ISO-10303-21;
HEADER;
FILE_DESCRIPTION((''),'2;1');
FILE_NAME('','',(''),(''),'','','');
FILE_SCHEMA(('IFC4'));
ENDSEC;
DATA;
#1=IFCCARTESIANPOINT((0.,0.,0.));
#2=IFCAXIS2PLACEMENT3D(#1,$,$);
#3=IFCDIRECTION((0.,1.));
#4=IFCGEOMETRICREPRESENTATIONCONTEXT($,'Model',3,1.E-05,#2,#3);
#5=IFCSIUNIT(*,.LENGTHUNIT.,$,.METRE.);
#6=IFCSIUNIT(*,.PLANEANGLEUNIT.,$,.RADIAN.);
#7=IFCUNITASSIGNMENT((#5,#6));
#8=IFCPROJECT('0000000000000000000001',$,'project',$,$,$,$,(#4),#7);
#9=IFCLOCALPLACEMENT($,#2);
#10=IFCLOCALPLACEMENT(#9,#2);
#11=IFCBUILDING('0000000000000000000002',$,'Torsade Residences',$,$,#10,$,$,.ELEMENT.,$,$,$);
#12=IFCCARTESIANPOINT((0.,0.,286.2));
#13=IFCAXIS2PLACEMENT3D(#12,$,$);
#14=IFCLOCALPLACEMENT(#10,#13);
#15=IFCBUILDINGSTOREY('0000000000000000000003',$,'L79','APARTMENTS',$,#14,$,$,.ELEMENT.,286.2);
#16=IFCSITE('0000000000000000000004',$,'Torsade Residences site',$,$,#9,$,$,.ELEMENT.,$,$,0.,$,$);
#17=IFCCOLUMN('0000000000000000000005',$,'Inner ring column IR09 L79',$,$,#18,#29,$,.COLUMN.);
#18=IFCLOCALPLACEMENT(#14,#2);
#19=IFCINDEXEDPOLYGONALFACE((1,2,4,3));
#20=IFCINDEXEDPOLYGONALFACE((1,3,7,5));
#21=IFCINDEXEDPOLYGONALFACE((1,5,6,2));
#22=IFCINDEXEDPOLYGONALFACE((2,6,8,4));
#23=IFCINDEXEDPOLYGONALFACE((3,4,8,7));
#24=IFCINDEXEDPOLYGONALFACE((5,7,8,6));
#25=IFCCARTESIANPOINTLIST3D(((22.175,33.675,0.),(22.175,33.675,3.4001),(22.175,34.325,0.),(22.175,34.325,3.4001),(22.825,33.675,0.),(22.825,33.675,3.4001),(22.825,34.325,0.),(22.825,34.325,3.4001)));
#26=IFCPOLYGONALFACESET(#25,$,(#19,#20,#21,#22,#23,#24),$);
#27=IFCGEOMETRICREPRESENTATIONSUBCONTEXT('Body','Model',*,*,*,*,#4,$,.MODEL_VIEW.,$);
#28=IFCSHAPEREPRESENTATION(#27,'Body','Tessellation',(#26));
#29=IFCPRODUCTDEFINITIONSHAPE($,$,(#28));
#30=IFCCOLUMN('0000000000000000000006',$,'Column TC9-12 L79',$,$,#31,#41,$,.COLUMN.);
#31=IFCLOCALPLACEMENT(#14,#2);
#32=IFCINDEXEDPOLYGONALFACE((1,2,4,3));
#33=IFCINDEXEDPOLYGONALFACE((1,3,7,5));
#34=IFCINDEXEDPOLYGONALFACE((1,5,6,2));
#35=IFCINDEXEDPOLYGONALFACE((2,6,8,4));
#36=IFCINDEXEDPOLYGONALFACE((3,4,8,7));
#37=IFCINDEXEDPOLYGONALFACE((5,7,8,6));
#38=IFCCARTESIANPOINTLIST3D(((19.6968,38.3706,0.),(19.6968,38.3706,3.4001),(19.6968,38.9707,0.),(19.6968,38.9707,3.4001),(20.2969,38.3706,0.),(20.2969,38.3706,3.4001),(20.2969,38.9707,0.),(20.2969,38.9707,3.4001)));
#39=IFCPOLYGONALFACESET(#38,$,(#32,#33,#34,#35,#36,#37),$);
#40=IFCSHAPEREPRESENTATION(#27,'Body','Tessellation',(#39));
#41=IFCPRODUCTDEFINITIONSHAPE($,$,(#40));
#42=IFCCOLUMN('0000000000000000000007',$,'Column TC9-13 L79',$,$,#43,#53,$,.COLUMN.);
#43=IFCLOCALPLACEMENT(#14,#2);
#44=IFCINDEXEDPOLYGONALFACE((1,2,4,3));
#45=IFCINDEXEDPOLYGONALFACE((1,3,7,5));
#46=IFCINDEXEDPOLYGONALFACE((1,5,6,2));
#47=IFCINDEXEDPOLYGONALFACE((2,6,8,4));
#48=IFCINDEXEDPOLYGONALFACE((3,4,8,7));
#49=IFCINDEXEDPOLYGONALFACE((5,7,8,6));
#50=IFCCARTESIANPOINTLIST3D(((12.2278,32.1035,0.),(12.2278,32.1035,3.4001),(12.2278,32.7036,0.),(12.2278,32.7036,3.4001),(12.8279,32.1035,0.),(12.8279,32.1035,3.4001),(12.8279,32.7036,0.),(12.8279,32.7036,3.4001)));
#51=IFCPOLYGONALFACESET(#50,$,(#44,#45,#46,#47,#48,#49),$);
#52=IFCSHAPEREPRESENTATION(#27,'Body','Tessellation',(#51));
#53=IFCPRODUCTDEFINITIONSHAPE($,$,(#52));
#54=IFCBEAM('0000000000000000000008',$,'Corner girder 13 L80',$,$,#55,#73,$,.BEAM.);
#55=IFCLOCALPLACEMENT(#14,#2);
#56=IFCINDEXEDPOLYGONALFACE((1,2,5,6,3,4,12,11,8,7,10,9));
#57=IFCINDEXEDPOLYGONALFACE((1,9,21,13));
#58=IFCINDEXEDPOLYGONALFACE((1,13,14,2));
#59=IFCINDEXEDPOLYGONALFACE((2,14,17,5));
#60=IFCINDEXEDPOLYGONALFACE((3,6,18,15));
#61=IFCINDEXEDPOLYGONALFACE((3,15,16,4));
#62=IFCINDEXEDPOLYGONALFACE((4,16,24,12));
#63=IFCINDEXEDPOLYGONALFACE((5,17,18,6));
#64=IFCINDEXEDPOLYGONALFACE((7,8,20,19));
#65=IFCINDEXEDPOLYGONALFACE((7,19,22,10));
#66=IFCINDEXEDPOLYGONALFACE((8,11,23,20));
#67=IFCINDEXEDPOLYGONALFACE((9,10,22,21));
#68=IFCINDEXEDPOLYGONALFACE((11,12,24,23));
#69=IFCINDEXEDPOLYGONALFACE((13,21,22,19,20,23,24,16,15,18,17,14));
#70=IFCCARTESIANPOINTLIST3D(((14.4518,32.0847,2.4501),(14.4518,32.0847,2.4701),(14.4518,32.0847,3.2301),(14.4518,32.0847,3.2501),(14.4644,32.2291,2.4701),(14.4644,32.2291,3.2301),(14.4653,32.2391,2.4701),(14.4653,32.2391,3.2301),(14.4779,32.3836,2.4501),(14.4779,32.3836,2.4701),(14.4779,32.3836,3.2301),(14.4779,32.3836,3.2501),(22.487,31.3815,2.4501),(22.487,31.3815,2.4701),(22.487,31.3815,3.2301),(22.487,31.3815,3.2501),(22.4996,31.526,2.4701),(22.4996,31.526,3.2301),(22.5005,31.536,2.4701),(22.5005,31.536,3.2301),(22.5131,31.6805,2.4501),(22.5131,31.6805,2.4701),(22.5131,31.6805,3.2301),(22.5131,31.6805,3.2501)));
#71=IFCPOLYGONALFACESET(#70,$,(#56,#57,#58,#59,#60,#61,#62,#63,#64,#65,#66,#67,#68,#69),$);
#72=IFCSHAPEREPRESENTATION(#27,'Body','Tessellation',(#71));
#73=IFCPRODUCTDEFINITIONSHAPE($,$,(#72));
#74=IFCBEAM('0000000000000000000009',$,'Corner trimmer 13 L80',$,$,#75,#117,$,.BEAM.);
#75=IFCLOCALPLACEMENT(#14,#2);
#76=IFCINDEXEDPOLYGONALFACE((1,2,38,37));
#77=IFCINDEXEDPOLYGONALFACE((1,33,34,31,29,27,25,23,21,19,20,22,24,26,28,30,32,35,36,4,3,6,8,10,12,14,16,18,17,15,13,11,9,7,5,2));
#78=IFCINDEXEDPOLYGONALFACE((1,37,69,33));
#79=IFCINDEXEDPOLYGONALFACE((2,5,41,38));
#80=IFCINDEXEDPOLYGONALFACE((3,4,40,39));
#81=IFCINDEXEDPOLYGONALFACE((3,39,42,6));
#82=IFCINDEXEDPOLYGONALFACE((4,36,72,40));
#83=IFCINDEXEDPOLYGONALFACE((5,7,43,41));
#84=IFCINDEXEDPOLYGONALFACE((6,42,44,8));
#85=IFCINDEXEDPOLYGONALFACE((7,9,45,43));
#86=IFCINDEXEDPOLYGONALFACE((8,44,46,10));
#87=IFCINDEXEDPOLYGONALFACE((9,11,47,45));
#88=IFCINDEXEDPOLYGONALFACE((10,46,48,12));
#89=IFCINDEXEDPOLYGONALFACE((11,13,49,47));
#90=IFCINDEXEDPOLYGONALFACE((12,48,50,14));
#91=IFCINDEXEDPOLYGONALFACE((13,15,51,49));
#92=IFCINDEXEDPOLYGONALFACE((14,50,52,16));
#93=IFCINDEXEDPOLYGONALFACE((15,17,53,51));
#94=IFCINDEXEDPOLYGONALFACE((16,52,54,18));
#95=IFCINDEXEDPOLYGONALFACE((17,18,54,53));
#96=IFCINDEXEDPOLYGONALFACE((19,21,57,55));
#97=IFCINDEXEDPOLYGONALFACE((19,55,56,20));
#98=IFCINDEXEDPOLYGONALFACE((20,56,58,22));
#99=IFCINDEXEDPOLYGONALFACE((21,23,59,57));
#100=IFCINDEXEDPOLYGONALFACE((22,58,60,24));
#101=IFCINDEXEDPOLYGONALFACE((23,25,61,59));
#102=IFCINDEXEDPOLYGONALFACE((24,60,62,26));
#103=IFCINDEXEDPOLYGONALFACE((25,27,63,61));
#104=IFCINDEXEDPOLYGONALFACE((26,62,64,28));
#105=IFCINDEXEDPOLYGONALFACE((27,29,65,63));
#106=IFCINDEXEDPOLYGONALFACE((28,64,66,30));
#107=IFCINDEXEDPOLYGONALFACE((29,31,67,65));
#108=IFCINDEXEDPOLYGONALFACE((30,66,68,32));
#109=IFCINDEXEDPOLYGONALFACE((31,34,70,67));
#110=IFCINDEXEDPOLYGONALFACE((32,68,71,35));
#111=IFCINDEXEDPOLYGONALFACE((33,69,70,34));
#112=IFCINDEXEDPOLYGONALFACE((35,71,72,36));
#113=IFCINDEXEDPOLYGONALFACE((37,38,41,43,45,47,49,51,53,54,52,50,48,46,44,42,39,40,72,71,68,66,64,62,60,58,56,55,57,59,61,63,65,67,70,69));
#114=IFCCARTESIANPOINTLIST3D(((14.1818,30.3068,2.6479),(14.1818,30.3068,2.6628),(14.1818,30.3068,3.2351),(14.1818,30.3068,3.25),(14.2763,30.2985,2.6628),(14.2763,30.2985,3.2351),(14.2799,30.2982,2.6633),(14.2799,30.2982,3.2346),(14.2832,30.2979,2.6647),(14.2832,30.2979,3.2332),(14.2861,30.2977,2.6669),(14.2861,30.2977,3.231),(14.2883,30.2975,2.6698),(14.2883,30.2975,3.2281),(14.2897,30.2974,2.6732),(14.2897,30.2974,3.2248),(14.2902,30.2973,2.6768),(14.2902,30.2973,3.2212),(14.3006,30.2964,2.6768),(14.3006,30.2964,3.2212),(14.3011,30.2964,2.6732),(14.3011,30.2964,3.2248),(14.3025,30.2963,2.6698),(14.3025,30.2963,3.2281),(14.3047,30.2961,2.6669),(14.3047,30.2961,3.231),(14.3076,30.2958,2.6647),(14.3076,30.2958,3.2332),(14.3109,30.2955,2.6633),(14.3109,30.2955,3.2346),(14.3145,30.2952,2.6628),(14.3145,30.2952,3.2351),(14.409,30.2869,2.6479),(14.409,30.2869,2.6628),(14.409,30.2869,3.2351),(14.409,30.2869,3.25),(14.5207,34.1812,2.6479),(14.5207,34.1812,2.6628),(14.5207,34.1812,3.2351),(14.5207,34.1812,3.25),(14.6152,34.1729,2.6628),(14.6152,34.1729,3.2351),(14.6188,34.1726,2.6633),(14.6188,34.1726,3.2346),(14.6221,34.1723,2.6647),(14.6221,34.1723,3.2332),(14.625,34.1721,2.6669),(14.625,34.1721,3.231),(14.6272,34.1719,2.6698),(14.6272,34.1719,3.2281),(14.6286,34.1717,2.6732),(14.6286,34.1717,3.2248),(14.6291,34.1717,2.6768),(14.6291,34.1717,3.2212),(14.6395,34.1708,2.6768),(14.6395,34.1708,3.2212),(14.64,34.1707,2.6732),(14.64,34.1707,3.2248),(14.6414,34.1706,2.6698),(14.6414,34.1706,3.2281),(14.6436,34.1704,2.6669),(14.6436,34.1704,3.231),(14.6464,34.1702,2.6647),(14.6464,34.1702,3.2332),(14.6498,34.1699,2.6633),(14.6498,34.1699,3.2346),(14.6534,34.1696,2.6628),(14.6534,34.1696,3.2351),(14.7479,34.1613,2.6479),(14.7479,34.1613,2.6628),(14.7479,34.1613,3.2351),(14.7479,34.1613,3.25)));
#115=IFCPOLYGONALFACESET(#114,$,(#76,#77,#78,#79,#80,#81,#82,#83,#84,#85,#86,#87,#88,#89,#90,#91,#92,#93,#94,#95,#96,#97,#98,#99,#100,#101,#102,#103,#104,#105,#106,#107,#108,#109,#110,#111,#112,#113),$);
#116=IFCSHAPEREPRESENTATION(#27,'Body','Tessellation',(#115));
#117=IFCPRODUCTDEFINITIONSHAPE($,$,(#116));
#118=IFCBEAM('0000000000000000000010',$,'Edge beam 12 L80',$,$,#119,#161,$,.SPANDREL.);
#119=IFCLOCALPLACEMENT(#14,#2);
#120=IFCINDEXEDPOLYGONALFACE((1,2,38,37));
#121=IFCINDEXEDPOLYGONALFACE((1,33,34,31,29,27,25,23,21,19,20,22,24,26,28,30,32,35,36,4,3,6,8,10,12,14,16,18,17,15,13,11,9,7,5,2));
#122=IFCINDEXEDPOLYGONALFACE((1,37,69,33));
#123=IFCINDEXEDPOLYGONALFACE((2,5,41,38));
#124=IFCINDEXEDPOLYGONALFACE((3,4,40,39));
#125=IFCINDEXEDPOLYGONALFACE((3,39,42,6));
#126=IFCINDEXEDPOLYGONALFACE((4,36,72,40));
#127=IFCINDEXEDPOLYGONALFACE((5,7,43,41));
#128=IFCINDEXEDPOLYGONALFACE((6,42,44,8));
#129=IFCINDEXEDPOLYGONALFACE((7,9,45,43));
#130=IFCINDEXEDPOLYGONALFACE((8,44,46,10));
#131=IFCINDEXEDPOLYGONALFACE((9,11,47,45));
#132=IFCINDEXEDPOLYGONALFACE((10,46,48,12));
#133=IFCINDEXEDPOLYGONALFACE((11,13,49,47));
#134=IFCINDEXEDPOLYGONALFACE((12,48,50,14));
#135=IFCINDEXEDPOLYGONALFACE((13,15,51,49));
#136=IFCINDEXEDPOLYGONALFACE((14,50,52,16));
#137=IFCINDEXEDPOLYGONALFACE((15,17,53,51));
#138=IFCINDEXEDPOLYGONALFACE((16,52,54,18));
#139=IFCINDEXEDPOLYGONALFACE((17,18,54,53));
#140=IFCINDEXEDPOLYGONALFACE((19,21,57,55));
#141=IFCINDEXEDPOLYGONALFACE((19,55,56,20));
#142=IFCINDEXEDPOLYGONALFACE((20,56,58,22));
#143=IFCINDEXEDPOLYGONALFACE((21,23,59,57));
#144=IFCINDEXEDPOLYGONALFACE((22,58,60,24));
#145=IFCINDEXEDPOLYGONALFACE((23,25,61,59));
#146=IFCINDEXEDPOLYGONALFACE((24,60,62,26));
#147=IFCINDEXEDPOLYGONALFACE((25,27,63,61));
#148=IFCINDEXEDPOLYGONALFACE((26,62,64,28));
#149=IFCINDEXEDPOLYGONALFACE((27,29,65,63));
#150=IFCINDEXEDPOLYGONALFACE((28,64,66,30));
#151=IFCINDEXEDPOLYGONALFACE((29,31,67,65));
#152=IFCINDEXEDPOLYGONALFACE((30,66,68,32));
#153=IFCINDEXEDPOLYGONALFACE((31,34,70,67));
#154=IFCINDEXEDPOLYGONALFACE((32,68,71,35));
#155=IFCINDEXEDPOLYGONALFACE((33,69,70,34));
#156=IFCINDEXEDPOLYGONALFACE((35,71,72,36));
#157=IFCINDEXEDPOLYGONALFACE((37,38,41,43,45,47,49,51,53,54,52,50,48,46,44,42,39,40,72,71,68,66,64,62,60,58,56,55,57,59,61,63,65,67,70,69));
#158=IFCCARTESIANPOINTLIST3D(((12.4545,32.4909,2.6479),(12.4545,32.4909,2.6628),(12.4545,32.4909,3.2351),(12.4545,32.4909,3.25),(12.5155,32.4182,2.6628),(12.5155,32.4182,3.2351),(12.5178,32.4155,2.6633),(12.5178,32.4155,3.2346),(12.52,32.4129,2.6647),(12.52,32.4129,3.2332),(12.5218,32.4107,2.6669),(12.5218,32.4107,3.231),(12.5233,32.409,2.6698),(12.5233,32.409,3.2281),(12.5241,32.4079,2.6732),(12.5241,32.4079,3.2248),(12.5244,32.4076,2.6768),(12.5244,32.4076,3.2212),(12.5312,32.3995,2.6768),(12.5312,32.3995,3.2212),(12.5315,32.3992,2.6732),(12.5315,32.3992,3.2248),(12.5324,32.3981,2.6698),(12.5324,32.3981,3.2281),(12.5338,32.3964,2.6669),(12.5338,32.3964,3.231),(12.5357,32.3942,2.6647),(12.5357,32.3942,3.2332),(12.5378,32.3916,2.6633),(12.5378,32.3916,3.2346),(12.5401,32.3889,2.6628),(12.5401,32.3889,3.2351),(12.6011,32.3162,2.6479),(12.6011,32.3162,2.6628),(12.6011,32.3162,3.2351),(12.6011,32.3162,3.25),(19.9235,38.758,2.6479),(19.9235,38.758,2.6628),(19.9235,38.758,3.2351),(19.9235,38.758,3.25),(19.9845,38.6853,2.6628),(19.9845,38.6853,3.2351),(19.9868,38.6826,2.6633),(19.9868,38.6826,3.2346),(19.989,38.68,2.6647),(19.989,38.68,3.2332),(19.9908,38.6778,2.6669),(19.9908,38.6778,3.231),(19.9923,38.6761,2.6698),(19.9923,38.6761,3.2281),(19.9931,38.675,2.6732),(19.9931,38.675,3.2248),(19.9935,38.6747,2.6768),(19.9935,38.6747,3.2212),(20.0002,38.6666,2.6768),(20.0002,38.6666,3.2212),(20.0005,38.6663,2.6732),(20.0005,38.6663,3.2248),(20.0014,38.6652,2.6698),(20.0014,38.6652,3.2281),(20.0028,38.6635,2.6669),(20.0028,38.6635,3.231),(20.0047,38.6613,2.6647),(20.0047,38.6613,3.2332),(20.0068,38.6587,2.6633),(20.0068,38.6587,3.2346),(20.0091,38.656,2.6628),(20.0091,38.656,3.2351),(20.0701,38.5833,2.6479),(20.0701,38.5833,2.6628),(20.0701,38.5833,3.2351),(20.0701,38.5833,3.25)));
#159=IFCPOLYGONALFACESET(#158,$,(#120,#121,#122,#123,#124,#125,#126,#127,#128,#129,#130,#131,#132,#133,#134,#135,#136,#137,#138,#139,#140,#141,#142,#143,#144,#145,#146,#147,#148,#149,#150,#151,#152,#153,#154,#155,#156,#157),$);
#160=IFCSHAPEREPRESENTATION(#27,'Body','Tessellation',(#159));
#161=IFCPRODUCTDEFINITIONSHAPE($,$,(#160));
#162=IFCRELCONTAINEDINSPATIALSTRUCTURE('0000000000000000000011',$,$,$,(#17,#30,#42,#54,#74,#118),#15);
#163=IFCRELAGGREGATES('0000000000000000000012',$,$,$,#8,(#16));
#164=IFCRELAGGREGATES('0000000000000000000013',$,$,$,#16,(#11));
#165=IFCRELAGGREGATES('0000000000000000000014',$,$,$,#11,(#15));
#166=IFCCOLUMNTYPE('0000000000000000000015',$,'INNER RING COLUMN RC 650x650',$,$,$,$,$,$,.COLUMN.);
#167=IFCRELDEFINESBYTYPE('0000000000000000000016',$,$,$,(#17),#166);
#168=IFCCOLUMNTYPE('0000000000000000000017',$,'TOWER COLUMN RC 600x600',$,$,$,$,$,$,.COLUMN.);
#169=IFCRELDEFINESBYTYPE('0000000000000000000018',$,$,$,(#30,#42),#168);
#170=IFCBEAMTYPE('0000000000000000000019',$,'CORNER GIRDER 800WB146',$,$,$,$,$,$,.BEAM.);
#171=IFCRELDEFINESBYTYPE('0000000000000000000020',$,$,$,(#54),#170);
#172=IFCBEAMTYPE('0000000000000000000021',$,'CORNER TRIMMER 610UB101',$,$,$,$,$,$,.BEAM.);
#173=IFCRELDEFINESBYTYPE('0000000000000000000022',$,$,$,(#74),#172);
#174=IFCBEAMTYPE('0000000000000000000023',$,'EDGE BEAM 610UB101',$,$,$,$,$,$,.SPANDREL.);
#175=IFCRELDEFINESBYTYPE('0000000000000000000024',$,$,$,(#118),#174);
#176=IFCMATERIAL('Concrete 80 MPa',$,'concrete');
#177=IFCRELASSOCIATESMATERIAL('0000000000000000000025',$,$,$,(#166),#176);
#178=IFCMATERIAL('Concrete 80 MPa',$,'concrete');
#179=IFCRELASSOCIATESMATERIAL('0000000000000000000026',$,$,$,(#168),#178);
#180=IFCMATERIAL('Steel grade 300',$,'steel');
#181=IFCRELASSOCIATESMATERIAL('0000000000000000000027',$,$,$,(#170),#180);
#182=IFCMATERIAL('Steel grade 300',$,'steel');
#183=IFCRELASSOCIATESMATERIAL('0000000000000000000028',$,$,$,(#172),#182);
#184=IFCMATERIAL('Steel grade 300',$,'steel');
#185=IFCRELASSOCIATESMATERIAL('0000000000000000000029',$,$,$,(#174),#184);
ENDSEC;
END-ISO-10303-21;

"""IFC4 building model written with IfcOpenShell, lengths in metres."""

from ifc_helpers import new_model, si_unit, direction, frame, origin, origin_2d, place, context, subcontext, project, spatial, rectangle, i_section, extrude, material, material_profile, profile_set, type_object, element, save


model = new_model("IFC4")

# Units and contexts
model_context = context("Model", 3, precision=1e-05, world=origin(), true_north=direction((0.0, 1.0)))
body_context = subcontext(model_context, "Body", "Model", "MODEL_VIEW")
ifc_project = project(units=[si_unit("LENGTHUNIT", "METRE"), si_unit("PLANEANGLEUNIT", "RADIAN")], contexts=[model_context])

# Site, building, storey
site_placement = place(None, origin())
site = spatial("IfcSite", under=ifc_project, at=site_placement, Name="Torsade Residences site", CompositionType="ELEMENT", RefElevation=0.0)
building_placement = place(site_placement, origin())
building = spatial("IfcBuilding", under=site, at=building_placement, Name="Torsade Residences", CompositionType="ELEMENT")
storey_placement = place(building_placement, frame((0.0, 0.0, 286.2)))
storey = spatial("IfcBuildingStorey", under=building, at=storey_placement, Name="L79", Description="APARTMENTS", CompositionType="ELEMENT", Elevation=286.2)

# Columns
ifc_material_1 = material(Name="Concrete 80 MPa", Category="concrete")
ifc_material_profile_1 = material_profile(ifc_material_1, rectangle(XDim=0.6499, YDim=0.6499, at=origin_2d()), Name="RC 650x650")
ifc_profile_set_1 = profile_set([ifc_material_profile_1], Name="Concrete 80 MPa")
column_type_1 = type_object("IfcColumnType", Name="INNER RING COLUMN RC 650x650", PredefinedType="COLUMN", material=ifc_profile_set_1)
column_placement = place(storey_placement, frame((22.5, 34.0, 0.0), z_axis=(0.0, 0.0, 1.0), x_axis=(1.0, 0.0, 0.0)))
element("IfcColumn", 1, at=column_placement, inside=storey, type_object=column_type_1, Name="Inner ring column IR09 L79", PredefinedType="COLUMN", context=body_context, shape_type="SweptSolid", body=[
    extrude(rectangle(XDim=0.6499, YDim=0.6499, at=origin_2d()), origin(), (0.0, 0.0, 1.0), 3.4001),
])
ifc_material_2 = material(Name="Concrete 80 MPa", Category="concrete")
ifc_material_profile_2 = material_profile(ifc_material_2, rectangle(XDim=0.6001, YDim=0.6001, at=origin_2d()), Name="RC 600x600")
ifc_profile_set_2 = profile_set([ifc_material_profile_2], Name="Concrete 80 MPa")
column_type_2 = type_object("IfcColumnType", Name="TOWER COLUMN RC 600x600", PredefinedType="COLUMN", material=ifc_profile_set_2)
for number, where, z_axis, x_axis, name in (
    (2, (19.9968, 38.6707, 0.0), (0.0, 0.0, 1.0), (1.0, 0.0, 0.0), "Column TC9-12 L79"),
    (3, (12.5278, 32.4036, 0.0), (0.0, 0.0, 1.0), (1.0, 0.0, 0.0), "Column TC9-13 L79"),
):
    element("IfcColumn", number, at=place(storey_placement, frame(where, z_axis=z_axis, x_axis=x_axis)), inside=storey, type_object=column_type_2, Name=name, PredefinedType="COLUMN", context=body_context, shape_type="SweptSolid", body=[
        extrude(rectangle(XDim=0.6001, YDim=0.6001, at=origin_2d()), origin(), (0.0, 0.0, 1.0), 3.4001),
    ])

# Beams
ifc_material_3 = material(Name="Steel grade 300", Category="steel")
ifc_material_profile_3 = material_profile(ifc_material_3, i_section(OverallWidth=0.3, OverallDepth=0.8, WebThickness=0.01, FlangeThickness=0.02, at=origin_2d()), Name="800WB146")
ifc_profile_set_3 = profile_set([ifc_material_profile_3], Name="Steel grade 300")
beam_type_1 = type_object("IfcBeamType", Name="CORNER GIRDER 800WB146", PredefinedType="BEAM", material=ifc_profile_set_3)
beam_1_placement = place(storey_placement, frame((14.4648, 32.2341, 2.8501), z_axis=(0.996193, -0.087173, 0.0), x_axis=(0.087173, 0.996193, 0.0)))
element("IfcBeam", 4, at=beam_1_placement, inside=storey, type_object=beam_type_1, Name="Corner girder 13 L80", PredefinedType="BEAM", context=body_context, shape_type="SweptSolid", body=[
    extrude(i_section(OverallWidth=0.3, OverallDepth=0.8, WebThickness=0.01, FlangeThickness=0.02, at=origin_2d()), origin(), (0.0, 0.0, 1.0), 8.0659),
])
ifc_material_4 = material(Name="Steel grade 300", Category="steel")
ifc_material_profile_4 = material_profile(ifc_material_4, i_section(OverallWidth=0.228, OverallDepth=0.6021, WebThickness=0.0105, FlangeThickness=0.0149, FilletRadius=0.0139, at=origin_2d()), Name="610UB101")
ifc_profile_set_4 = profile_set([ifc_material_profile_4], Name="Steel grade 300")
beam_type_2 = type_object("IfcBeamType", Name="CORNER TRIMMER 610UB101", PredefinedType="BEAM", material=ifc_profile_set_4)
beam_2_placement = place(storey_placement, frame((14.2954, 30.2969, 2.949), z_axis=(0.087133, 0.996197, 0.0), x_axis=(-0.996197, 0.087133, 0.0)))
element("IfcBeam", 5, at=beam_2_placement, inside=storey, type_object=beam_type_2, Name="Corner trimmer 13 L80", PredefinedType="BEAM", context=body_context, shape_type="SweptSolid", body=[
    extrude(i_section(OverallWidth=0.228, OverallDepth=0.6021, WebThickness=0.0105, FlangeThickness=0.0149, FilletRadius=0.0139, at=origin_2d()), origin(), (0.0, 0.0, 1.0), 3.8892),
])
ifc_material_5 = material(Name="Steel grade 300", Category="steel")
ifc_material_profile_5 = material_profile(ifc_material_5, i_section(OverallWidth=0.228, OverallDepth=0.6021, WebThickness=0.0105, FlangeThickness=0.0149, FilletRadius=0.0139, at=origin_2d()), Name="610UB101")
ifc_profile_set_5 = profile_set([ifc_material_profile_5], Name="Steel grade 300")
beam_type_3 = type_object("IfcBeamType", Name="EDGE BEAM 610UB101", PredefinedType="SPANDREL", material=ifc_profile_set_5)
for number, where, z_axis, x_axis, name in (
    (6, (19.9968, 38.6707, 2.949), (-0.766052, -0.642779, 0.0), (0.642779, -0.766052, 0.0), "Edge beam 12 L80"),
):
    element("IfcBeam", number, at=place(storey_placement, frame(where, z_axis=z_axis, x_axis=x_axis)), inside=storey, type_object=beam_type_3, Name=name, PredefinedType="SPANDREL", context=body_context, shape_type="SweptSolid", body=[
        extrude(i_section(OverallWidth=0.228, OverallDepth=0.6021, WebThickness=0.0105, FlangeThickness=0.0149, FilletRadius=0.0139, at=origin_2d()), origin(), (0.0, 0.0, 1.0), 9.75),
    ])

save(model, "model.ifc")
